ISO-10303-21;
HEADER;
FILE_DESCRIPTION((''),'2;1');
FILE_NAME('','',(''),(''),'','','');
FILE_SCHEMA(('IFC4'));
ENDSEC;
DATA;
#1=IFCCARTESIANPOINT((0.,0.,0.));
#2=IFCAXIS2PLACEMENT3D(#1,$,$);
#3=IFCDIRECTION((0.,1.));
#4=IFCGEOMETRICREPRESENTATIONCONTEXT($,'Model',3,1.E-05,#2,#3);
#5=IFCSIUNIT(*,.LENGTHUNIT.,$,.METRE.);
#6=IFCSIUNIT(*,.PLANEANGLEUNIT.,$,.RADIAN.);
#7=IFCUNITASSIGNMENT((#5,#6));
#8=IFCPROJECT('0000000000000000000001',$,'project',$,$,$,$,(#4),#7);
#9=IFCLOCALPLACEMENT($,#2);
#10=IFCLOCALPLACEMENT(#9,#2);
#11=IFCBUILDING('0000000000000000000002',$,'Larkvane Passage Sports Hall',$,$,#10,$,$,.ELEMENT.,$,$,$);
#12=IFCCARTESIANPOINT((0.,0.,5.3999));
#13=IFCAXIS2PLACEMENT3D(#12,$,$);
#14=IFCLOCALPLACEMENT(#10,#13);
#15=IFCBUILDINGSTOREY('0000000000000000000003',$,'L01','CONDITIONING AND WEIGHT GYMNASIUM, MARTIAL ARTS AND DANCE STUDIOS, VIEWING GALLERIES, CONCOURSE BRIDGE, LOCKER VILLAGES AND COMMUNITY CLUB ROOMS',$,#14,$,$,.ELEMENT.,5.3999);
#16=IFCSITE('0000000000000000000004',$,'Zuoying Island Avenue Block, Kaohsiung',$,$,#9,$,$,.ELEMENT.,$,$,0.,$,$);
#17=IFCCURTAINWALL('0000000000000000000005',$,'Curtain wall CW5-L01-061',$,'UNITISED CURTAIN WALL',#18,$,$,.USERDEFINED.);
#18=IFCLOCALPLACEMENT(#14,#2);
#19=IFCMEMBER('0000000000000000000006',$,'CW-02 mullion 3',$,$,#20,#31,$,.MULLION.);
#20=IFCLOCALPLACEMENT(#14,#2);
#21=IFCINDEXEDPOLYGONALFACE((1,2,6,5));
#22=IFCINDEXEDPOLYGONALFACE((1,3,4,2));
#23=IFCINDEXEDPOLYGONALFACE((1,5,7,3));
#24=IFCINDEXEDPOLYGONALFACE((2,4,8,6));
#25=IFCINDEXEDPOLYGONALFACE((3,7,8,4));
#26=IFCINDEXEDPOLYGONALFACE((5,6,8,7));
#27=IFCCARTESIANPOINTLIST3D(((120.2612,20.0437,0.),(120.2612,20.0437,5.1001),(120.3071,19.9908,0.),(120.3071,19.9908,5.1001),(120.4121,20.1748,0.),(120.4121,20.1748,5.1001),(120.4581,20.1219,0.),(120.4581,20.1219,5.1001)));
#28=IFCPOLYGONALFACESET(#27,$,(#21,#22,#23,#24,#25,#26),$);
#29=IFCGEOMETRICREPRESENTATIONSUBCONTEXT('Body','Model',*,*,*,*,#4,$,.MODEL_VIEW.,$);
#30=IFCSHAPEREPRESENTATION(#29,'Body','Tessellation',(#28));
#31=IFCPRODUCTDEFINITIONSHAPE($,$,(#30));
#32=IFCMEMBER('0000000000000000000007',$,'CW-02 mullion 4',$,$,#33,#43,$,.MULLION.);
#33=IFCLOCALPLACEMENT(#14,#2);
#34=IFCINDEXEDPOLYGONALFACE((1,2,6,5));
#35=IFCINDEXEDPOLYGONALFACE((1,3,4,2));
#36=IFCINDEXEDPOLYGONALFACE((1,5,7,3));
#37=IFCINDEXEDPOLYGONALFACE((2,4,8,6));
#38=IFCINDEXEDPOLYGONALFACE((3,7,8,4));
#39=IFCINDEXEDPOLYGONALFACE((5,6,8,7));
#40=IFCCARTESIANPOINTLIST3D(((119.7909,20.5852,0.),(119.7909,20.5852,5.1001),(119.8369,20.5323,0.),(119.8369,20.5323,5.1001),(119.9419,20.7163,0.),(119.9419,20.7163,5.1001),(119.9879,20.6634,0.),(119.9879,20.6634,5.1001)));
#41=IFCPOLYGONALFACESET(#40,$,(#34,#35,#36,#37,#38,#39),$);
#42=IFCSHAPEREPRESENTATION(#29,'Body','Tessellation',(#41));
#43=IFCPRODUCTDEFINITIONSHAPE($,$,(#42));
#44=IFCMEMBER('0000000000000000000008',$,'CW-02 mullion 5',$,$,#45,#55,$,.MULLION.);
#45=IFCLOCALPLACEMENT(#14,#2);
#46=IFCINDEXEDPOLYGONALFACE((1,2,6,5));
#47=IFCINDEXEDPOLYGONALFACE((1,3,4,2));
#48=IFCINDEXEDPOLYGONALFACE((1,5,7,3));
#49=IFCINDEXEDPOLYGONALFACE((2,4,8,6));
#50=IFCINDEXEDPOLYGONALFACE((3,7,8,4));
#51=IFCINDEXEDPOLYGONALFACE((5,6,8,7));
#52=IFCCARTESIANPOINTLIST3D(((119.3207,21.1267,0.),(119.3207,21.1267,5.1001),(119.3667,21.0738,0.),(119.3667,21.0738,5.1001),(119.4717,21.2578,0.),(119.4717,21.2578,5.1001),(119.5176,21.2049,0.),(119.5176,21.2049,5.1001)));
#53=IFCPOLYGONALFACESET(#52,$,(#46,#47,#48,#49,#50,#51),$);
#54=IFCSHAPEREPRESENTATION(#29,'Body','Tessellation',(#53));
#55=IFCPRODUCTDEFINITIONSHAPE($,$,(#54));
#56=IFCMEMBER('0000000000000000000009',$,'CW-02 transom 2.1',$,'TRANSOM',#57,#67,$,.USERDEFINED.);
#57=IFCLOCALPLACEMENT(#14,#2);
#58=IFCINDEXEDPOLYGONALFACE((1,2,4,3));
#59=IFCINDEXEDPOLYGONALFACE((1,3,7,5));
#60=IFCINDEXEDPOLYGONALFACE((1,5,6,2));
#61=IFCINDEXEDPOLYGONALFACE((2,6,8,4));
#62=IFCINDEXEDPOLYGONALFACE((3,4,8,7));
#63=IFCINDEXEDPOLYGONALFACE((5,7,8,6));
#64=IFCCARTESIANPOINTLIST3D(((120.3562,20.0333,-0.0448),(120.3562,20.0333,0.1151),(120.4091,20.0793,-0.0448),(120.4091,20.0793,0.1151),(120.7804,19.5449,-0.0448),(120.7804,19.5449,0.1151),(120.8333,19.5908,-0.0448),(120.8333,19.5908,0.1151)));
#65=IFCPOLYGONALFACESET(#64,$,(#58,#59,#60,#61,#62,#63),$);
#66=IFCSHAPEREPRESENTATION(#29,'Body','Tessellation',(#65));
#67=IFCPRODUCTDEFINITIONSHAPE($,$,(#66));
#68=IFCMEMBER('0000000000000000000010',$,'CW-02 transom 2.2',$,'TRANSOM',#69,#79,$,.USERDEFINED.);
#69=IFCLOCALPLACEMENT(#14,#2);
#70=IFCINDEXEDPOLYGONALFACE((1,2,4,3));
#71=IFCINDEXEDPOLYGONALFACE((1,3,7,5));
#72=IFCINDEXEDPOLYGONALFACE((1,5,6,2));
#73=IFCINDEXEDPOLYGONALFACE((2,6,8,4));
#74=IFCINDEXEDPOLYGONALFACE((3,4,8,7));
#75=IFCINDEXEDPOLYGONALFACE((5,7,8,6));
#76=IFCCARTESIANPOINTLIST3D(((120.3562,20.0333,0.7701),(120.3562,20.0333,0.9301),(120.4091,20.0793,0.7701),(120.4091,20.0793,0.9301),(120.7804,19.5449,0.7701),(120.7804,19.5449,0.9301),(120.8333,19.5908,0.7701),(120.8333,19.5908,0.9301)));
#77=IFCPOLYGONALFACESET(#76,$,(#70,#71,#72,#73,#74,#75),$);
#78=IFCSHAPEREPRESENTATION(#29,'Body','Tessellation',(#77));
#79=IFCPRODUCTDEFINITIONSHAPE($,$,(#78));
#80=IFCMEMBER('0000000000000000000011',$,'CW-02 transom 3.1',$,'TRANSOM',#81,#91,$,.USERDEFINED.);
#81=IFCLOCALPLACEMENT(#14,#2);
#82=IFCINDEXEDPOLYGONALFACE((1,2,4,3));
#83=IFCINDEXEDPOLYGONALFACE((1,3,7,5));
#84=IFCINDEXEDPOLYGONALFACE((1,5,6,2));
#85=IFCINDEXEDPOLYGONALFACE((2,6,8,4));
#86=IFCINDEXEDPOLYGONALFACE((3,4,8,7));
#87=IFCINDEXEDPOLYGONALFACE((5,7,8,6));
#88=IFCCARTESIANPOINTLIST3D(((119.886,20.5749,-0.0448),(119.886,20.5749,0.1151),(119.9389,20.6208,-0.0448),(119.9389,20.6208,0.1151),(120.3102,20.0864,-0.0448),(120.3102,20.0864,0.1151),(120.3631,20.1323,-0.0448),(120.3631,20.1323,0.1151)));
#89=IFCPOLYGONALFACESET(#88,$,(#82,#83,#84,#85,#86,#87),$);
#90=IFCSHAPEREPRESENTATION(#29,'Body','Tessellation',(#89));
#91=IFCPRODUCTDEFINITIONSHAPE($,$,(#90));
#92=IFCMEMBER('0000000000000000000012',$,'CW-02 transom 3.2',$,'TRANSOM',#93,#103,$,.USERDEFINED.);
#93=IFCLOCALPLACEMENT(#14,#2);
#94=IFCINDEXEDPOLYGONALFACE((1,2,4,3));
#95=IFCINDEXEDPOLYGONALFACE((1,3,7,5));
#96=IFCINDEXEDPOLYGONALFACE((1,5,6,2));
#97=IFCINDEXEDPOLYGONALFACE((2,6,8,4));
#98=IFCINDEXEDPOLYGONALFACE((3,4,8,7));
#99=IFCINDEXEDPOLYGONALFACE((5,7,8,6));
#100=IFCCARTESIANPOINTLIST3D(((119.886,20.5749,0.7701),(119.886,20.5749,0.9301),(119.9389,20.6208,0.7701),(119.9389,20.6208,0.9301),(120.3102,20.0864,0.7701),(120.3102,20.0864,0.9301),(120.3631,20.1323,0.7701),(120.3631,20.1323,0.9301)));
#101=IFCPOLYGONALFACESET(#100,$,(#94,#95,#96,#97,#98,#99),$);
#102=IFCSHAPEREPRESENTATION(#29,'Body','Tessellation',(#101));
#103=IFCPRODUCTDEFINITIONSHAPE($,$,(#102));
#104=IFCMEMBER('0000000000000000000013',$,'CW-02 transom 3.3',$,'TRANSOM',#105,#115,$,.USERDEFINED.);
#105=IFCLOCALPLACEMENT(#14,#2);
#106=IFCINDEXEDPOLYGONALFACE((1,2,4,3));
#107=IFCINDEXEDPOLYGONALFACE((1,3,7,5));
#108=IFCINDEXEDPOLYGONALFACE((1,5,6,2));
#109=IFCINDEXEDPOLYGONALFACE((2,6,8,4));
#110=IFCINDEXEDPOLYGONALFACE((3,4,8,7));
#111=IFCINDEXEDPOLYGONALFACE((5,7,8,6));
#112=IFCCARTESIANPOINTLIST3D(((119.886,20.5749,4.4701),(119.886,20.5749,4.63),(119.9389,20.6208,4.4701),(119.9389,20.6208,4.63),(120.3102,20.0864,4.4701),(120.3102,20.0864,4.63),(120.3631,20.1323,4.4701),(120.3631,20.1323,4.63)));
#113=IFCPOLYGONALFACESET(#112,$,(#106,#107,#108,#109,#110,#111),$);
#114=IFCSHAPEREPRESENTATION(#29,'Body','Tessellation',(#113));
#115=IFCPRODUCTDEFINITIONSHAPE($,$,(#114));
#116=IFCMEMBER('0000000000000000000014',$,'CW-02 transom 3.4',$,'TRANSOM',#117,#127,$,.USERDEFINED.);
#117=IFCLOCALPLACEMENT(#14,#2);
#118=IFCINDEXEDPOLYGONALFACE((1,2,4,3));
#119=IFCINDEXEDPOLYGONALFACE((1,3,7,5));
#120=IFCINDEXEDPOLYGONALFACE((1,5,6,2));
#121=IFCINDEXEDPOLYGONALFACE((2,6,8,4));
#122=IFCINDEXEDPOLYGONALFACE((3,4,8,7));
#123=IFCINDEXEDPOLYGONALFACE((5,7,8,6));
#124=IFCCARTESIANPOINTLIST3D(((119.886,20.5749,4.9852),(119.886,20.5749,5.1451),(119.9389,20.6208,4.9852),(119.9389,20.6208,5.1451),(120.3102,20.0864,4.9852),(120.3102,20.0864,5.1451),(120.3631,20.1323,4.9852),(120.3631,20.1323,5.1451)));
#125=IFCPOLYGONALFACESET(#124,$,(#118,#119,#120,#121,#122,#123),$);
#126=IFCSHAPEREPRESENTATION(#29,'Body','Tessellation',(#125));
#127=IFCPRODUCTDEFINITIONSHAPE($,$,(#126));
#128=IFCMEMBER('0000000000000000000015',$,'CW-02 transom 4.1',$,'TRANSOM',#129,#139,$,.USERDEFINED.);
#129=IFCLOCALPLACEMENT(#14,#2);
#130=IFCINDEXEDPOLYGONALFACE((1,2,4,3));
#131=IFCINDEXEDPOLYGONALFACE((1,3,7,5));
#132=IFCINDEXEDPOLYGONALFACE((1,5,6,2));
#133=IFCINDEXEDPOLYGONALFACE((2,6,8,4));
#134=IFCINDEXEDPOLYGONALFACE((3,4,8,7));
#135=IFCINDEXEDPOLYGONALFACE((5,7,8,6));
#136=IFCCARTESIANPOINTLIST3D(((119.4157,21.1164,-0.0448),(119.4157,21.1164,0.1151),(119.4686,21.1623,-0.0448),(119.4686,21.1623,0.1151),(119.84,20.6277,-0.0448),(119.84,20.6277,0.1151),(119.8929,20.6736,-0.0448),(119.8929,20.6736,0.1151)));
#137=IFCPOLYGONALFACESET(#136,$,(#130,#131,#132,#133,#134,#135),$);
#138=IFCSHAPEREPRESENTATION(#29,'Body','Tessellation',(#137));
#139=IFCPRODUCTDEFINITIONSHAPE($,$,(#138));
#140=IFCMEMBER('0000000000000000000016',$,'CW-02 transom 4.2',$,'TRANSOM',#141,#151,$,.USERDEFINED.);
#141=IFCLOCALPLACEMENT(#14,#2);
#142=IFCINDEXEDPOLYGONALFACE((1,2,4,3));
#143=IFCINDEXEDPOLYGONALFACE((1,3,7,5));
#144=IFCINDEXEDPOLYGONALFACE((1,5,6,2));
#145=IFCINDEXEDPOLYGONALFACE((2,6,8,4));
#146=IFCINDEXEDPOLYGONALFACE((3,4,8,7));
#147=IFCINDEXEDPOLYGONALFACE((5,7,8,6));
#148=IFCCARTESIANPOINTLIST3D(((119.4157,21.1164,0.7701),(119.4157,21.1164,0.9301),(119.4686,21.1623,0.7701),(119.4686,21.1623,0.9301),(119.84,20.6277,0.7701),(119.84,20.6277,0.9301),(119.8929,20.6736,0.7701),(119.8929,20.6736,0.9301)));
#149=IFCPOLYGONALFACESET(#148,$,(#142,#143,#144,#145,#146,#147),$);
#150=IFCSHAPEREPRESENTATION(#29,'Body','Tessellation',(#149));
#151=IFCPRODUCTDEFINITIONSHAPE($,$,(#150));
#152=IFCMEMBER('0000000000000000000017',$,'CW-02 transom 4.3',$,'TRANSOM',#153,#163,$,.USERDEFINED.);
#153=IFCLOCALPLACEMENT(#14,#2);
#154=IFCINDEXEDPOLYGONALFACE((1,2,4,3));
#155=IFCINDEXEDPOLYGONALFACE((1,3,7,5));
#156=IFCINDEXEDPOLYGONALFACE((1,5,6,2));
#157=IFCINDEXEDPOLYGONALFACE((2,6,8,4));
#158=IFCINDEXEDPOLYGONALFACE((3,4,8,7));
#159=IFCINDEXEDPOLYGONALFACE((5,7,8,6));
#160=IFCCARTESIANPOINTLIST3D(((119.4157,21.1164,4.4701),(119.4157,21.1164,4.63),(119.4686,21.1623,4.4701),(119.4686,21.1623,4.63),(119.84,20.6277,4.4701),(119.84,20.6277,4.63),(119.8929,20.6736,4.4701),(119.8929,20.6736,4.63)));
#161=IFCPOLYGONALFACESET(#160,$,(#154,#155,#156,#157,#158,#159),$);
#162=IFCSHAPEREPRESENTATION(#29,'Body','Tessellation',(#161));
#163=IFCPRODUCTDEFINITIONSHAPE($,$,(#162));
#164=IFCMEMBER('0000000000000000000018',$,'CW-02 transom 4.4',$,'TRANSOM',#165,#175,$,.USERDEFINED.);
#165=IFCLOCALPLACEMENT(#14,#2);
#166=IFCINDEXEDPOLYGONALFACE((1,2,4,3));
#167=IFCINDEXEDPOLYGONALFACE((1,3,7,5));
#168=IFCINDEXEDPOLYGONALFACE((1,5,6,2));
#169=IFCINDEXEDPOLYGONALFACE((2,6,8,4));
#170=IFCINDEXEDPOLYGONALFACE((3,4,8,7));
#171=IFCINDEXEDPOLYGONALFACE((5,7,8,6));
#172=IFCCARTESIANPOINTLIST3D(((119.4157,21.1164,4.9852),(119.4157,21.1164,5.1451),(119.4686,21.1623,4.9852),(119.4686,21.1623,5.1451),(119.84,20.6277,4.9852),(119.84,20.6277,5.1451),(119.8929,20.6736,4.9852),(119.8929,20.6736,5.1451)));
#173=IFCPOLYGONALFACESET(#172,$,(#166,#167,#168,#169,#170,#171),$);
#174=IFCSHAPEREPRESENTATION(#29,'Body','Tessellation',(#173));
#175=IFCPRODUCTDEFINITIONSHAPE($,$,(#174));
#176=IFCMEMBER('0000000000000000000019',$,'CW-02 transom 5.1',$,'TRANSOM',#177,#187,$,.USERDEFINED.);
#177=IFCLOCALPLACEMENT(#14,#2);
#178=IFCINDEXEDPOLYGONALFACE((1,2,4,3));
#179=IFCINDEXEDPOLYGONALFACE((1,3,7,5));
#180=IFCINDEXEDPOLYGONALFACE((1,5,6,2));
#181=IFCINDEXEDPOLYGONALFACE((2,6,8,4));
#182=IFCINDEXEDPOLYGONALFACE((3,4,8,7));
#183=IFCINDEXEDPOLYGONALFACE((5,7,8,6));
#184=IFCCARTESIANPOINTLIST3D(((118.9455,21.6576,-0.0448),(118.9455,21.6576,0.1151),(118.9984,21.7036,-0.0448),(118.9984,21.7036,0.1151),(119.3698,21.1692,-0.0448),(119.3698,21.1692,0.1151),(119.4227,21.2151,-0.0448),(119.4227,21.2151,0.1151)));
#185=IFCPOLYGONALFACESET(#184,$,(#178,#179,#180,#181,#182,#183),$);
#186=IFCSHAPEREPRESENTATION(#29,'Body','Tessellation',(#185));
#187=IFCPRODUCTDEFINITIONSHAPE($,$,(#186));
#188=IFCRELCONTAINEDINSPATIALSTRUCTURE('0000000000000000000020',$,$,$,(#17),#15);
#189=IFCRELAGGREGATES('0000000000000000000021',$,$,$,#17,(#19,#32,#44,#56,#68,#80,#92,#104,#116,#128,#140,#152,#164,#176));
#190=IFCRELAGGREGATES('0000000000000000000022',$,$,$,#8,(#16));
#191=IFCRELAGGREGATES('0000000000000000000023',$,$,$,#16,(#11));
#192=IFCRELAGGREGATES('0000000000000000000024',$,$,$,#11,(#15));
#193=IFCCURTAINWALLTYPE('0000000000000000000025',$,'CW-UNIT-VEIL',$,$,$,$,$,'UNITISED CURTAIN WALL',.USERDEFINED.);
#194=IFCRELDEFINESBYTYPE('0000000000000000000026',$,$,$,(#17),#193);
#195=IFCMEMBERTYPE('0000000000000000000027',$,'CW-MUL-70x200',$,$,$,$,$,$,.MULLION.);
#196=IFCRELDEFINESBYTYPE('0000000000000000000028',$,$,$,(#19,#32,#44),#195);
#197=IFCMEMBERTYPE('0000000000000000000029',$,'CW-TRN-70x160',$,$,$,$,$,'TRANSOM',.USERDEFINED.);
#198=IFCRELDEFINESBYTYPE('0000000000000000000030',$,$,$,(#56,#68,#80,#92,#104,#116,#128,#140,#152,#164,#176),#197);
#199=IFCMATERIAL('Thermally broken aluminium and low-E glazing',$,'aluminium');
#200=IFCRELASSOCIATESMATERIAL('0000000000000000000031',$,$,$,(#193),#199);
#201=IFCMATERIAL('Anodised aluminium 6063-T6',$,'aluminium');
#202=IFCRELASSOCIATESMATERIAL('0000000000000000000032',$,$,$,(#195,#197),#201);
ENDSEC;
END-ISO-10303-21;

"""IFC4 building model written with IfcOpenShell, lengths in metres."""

from ifc_helpers import new_model, si_unit, direction, frame, origin, origin_2d, place, context, subcontext, project, spatial, rectangle, extrude, material, material_profile, profile_set, type_object, element, aggregate, save


model = new_model("IFC4")

# Units and contexts
model_context = context("Model", 3, precision=1e-05, world=origin(), true_north=direction((0.0, 1.0)))
body_context = subcontext(model_context, "Body", "Model", "MODEL_VIEW")
ifc_project = project(units=[si_unit("LENGTHUNIT", "METRE"), si_unit("PLANEANGLEUNIT", "RADIAN")], contexts=[model_context])

# Site, building, storey
site_placement = place(None, origin())
site = spatial("IfcSite", under=ifc_project, at=site_placement, Name="Zuoying Island Avenue Block, Kaohsiung", CompositionType="ELEMENT", RefElevation=0.0)
building_placement = place(site_placement, origin())
building = spatial("IfcBuilding", under=site, at=building_placement, Name="Larkvane Passage Sports Hall", CompositionType="ELEMENT")
storey_placement = place(building_placement, frame((0.0, 0.0, 5.3999)))
storey = spatial("IfcBuildingStorey", under=building, at=storey_placement, Name="L01", Description="CONDITIONING AND WEIGHT GYMNASIUM, MARTIAL ARTS AND DANCE STUDIOS, VIEWING GALLERIES, CONCOURSE BRIDGE, LOCKER VILLAGES AND COMMUNITY CLUB ROOMS", CompositionType="ELEMENT", Elevation=5.3999)

# Curtain wall, members
ifc_material_1 = material(Name="Thermally broken aluminium and low-E glazing", Category="aluminium")
curtain_wall_type = type_object("IfcCurtainWallType", Name="CW-UNIT-VEIL", ElementType="UNITISED CURTAIN WALL", PredefinedType="USERDEFINED", material=ifc_material_1)
curtain_wall_placement = place(storey_placement, origin())
curtain_wall = element("IfcCurtainWall", 1, at=curtain_wall_placement, inside=storey, type_object=curtain_wall_type, Name="Curtain wall CW5-L01-061", ObjectType="UNITISED CURTAIN WALL", PredefinedType="USERDEFINED")
ifc_material_2 = material(Name="Anodised aluminium 6063-T6", Category="aluminium")
ifc_material_profile_1 = material_profile(ifc_material_2, rectangle(XDim=0.0701, YDim=0.2, at=origin_2d()), Name="ALU-MUL-70x200")
ifc_profile_set_1 = profile_set([ifc_material_profile_1], Name="Anodised aluminium 6063-T6")
member_type_1 = type_object("IfcMemberType", Name="CW-MUL-70x200", PredefinedType="MULLION", material=ifc_profile_set_1)
member_1_placement = place(storey_placement, frame((120.3596, 20.0828, 0.0), z_axis=(0.0, 0.0, 1.0), x_axis=(-0.655685, 0.755035, 0.0)))
member_1 = element("IfcMember", 2, at=member_1_placement, type_object=member_type_1, Name="CW-02 mullion 3", PredefinedType="MULLION", context=body_context, shape_type="SweptSolid", body=[
    extrude(rectangle(XDim=0.0701, YDim=0.2, at=origin_2d()), origin(), (0.0, 0.0, 1.0), 5.1001),
])
member_2_placement = place(storey_placement, frame((119.8894, 20.6243, 0.0), z_axis=(0.0, 0.0, 1.0), x_axis=(-0.655685, 0.755035, 0.0)))
member_2 = element("IfcMember", 3, at=member_2_placement, type_object=member_type_1, Name="CW-02 mullion 4", PredefinedType="MULLION", context=body_context, shape_type="SweptSolid", body=[
    extrude(rectangle(XDim=0.0701, YDim=0.2, at=origin_2d()), origin(), (0.0, 0.0, 1.0), 5.1001),
])
member_3_placement = place(storey_placement, frame((119.4192, 21.1658, 0.0), z_axis=(0.0, 0.0, 1.0), x_axis=(-0.655685, 0.755035, 0.0)))
member_3 = element("IfcMember", 4, at=member_3_placement, type_object=member_type_1, Name="CW-02 mullion 5", PredefinedType="MULLION", context=body_context, shape_type="SweptSolid", body=[
    extrude(rectangle(XDim=0.0701, YDim=0.2, at=origin_2d()), origin(), (0.0, 0.0, 1.0), 5.1001),
])
ifc_material_profile_2 = material_profile(ifc_material_2, rectangle(XDim=0.0701, YDim=0.1599, at=origin_2d()), Name="ALU-TRN-70x160")
ifc_profile_set_2 = profile_set([ifc_material_profile_2], Name="Anodised aluminium 6063-T6")
member_type_2 = type_object("IfcMemberType", Name="CW-TRN-70x160", ElementType="TRANSOM", PredefinedType="USERDEFINED", material=ifc_profile_set_2)
member_4_placement = place(storey_placement, frame((120.8069, 19.5679, 0.0352), z_axis=(-0.655749, 0.754979, 0.0), x_axis=(-0.754979, -0.655749, 0.0)))
member_4 = element("IfcMember", 5, at=member_4_placement, type_object=member_type_2, Name="CW-02 transom 2.1", ObjectType="TRANSOM", PredefinedType="USERDEFINED", context=body_context, shape_type="SweptSolid", body=[
    extrude(rectangle(XDim=0.0701, YDim=0.1599, at=origin_2d()), origin(), (0.0, 0.0, 1.0), 0.647),
])
member_5_placement = place(storey_placement, frame((120.8069, 19.5679, 0.8501), z_axis=(-0.655749, 0.754979, 0.0), x_axis=(-0.754979, -0.655749, 0.0)))
member_5 = element("IfcMember", 6, at=member_5_placement, type_object=member_type_2, Name="CW-02 transom 2.2", ObjectType="TRANSOM", PredefinedType="USERDEFINED", context=body_context, shape_type="SweptSolid", body=[
    extrude(rectangle(XDim=0.0701, YDim=0.1599, at=origin_2d()), origin(), (0.0, 0.0, 1.0), 0.647),
])
member_6_placement = place(storey_placement, frame((120.3367, 20.1094, 0.0352), z_axis=(-0.655749, 0.754979, 0.0), x_axis=(-0.754979, -0.655749, 0.0)))
member_6 = element("IfcMember", 7, at=member_6_placement, type_object=member_type_2, Name="CW-02 transom 3.1", ObjectType="TRANSOM", PredefinedType="USERDEFINED", context=body_context, shape_type="SweptSolid", body=[
    extrude(rectangle(XDim=0.0701, YDim=0.1599, at=origin_2d()), origin(), (0.0, 0.0, 1.0), 0.647),
])
member_7_placement = place(storey_placement, frame((120.3367, 20.1094, 0.8501), z_axis=(-0.655749, 0.754979, 0.0), x_axis=(-0.754979, -0.655749, 0.0)))
member_7 = element("IfcMember", 8, at=member_7_placement, type_object=member_type_2, Name="CW-02 transom 3.2", ObjectType="TRANSOM", PredefinedType="USERDEFINED", context=body_context, shape_type="SweptSolid", body=[
    extrude(rectangle(XDim=0.0701, YDim=0.1599, at=origin_2d()), origin(), (0.0, 0.0, 1.0), 0.647),
])
member_8_placement = place(storey_placement, frame((120.3367, 20.1094, 4.55), z_axis=(-0.655749, 0.754979, 0.0), x_axis=(-0.754979, -0.655749, 0.0)))
member_8 = element("IfcMember", 9, at=member_8_placement, type_object=member_type_2, Name="CW-02 transom 3.3", ObjectType="TRANSOM", PredefinedType="USERDEFINED", context=body_context, shape_type="SweptSolid", body=[
    extrude(rectangle(XDim=0.0701, YDim=0.1599, at=origin_2d()), origin(), (0.0, 0.0, 1.0), 0.647),
])
member_9_placement = place(storey_placement, frame((120.3367, 20.1094, 5.0652), z_axis=(-0.655749, 0.754979, 0.0), x_axis=(-0.754979, -0.655749, 0.0)))
member_9 = element("IfcMember", 10, at=member_9_placement, type_object=member_type_2, Name="CW-02 transom 3.4", ObjectType="TRANSOM", PredefinedType="USERDEFINED", context=body_context, shape_type="SweptSolid", body=[
    extrude(rectangle(XDim=0.0701, YDim=0.1599, at=origin_2d()), origin(), (0.0, 0.0, 1.0), 0.647),
])
member_10_placement = place(storey_placement, frame((119.8665, 20.6506, 0.0352), z_axis=(-0.655562, 0.755141, 0.0), x_axis=(-0.755141, -0.655562, 0.0)))
member_10 = element("IfcMember", 11, at=member_10_placement, type_object=member_type_2, Name="CW-02 transom 4.1", ObjectType="TRANSOM", PredefinedType="USERDEFINED", context=body_context, shape_type="SweptSolid", body=[
    extrude(rectangle(XDim=0.0701, YDim=0.1599, at=origin_2d()), origin(), (0.0, 0.0, 1.0), 0.6472),
])
member_11_placement = place(storey_placement, frame((119.8665, 20.6506, 0.8501), z_axis=(-0.655562, 0.755141, 0.0), x_axis=(-0.755141, -0.655562, 0.0)))
member_11 = element("IfcMember", 12, at=member_11_placement, type_object=member_type_2, Name="CW-02 transom 4.2", ObjectType="TRANSOM", PredefinedType="USERDEFINED", context=body_context, shape_type="SweptSolid", body=[
    extrude(rectangle(XDim=0.0701, YDim=0.1599, at=origin_2d()), origin(), (0.0, 0.0, 1.0), 0.6472),
])
member_12_placement = place(storey_placement, frame((119.8665, 20.6506, 4.55), z_axis=(-0.655562, 0.755141, 0.0), x_axis=(-0.755141, -0.655562, 0.0)))
member_12 = element("IfcMember", 13, at=member_12_placement, type_object=member_type_2, Name="CW-02 transom 4.3", ObjectType="TRANSOM", PredefinedType="USERDEFINED", context=body_context, shape_type="SweptSolid", body=[
    extrude(rectangle(XDim=0.0701, YDim=0.1599, at=origin_2d()), origin(), (0.0, 0.0, 1.0), 0.6472),
])
member_13_placement = place(storey_placement, frame((119.8665, 20.6506, 5.0652), z_axis=(-0.655562, 0.755141, 0.0), x_axis=(-0.755141, -0.655562, 0.0)))
member_13 = element("IfcMember", 14, at=member_13_placement, type_object=member_type_2, Name="CW-02 transom 4.4", ObjectType="TRANSOM", PredefinedType="USERDEFINED", context=body_context, shape_type="SweptSolid", body=[
    extrude(rectangle(XDim=0.0701, YDim=0.1599, at=origin_2d()), origin(), (0.0, 0.0, 1.0), 0.6472),
])
member_14_placement = place(storey_placement, frame((119.3962, 21.1921, 0.0352), z_axis=(-0.655749, 0.754979, 0.0), x_axis=(-0.754979, -0.655749, 0.0)))
member_14 = element("IfcMember", 15, at=member_14_placement, type_object=member_type_2, Name="CW-02 transom 5.1", ObjectType="TRANSOM", PredefinedType="USERDEFINED", context=body_context, shape_type="SweptSolid", body=[
    extrude(rectangle(XDim=0.0701, YDim=0.1599, at=origin_2d()), origin(), (0.0, 0.0, 1.0), 0.647),
])
aggregate(curtain_wall, [member_1, member_2, member_3, member_4, member_5, member_6, member_7, member_8, member_9, member_10, member_11, member_12, member_13, member_14])

save(model, "model.ifc")
